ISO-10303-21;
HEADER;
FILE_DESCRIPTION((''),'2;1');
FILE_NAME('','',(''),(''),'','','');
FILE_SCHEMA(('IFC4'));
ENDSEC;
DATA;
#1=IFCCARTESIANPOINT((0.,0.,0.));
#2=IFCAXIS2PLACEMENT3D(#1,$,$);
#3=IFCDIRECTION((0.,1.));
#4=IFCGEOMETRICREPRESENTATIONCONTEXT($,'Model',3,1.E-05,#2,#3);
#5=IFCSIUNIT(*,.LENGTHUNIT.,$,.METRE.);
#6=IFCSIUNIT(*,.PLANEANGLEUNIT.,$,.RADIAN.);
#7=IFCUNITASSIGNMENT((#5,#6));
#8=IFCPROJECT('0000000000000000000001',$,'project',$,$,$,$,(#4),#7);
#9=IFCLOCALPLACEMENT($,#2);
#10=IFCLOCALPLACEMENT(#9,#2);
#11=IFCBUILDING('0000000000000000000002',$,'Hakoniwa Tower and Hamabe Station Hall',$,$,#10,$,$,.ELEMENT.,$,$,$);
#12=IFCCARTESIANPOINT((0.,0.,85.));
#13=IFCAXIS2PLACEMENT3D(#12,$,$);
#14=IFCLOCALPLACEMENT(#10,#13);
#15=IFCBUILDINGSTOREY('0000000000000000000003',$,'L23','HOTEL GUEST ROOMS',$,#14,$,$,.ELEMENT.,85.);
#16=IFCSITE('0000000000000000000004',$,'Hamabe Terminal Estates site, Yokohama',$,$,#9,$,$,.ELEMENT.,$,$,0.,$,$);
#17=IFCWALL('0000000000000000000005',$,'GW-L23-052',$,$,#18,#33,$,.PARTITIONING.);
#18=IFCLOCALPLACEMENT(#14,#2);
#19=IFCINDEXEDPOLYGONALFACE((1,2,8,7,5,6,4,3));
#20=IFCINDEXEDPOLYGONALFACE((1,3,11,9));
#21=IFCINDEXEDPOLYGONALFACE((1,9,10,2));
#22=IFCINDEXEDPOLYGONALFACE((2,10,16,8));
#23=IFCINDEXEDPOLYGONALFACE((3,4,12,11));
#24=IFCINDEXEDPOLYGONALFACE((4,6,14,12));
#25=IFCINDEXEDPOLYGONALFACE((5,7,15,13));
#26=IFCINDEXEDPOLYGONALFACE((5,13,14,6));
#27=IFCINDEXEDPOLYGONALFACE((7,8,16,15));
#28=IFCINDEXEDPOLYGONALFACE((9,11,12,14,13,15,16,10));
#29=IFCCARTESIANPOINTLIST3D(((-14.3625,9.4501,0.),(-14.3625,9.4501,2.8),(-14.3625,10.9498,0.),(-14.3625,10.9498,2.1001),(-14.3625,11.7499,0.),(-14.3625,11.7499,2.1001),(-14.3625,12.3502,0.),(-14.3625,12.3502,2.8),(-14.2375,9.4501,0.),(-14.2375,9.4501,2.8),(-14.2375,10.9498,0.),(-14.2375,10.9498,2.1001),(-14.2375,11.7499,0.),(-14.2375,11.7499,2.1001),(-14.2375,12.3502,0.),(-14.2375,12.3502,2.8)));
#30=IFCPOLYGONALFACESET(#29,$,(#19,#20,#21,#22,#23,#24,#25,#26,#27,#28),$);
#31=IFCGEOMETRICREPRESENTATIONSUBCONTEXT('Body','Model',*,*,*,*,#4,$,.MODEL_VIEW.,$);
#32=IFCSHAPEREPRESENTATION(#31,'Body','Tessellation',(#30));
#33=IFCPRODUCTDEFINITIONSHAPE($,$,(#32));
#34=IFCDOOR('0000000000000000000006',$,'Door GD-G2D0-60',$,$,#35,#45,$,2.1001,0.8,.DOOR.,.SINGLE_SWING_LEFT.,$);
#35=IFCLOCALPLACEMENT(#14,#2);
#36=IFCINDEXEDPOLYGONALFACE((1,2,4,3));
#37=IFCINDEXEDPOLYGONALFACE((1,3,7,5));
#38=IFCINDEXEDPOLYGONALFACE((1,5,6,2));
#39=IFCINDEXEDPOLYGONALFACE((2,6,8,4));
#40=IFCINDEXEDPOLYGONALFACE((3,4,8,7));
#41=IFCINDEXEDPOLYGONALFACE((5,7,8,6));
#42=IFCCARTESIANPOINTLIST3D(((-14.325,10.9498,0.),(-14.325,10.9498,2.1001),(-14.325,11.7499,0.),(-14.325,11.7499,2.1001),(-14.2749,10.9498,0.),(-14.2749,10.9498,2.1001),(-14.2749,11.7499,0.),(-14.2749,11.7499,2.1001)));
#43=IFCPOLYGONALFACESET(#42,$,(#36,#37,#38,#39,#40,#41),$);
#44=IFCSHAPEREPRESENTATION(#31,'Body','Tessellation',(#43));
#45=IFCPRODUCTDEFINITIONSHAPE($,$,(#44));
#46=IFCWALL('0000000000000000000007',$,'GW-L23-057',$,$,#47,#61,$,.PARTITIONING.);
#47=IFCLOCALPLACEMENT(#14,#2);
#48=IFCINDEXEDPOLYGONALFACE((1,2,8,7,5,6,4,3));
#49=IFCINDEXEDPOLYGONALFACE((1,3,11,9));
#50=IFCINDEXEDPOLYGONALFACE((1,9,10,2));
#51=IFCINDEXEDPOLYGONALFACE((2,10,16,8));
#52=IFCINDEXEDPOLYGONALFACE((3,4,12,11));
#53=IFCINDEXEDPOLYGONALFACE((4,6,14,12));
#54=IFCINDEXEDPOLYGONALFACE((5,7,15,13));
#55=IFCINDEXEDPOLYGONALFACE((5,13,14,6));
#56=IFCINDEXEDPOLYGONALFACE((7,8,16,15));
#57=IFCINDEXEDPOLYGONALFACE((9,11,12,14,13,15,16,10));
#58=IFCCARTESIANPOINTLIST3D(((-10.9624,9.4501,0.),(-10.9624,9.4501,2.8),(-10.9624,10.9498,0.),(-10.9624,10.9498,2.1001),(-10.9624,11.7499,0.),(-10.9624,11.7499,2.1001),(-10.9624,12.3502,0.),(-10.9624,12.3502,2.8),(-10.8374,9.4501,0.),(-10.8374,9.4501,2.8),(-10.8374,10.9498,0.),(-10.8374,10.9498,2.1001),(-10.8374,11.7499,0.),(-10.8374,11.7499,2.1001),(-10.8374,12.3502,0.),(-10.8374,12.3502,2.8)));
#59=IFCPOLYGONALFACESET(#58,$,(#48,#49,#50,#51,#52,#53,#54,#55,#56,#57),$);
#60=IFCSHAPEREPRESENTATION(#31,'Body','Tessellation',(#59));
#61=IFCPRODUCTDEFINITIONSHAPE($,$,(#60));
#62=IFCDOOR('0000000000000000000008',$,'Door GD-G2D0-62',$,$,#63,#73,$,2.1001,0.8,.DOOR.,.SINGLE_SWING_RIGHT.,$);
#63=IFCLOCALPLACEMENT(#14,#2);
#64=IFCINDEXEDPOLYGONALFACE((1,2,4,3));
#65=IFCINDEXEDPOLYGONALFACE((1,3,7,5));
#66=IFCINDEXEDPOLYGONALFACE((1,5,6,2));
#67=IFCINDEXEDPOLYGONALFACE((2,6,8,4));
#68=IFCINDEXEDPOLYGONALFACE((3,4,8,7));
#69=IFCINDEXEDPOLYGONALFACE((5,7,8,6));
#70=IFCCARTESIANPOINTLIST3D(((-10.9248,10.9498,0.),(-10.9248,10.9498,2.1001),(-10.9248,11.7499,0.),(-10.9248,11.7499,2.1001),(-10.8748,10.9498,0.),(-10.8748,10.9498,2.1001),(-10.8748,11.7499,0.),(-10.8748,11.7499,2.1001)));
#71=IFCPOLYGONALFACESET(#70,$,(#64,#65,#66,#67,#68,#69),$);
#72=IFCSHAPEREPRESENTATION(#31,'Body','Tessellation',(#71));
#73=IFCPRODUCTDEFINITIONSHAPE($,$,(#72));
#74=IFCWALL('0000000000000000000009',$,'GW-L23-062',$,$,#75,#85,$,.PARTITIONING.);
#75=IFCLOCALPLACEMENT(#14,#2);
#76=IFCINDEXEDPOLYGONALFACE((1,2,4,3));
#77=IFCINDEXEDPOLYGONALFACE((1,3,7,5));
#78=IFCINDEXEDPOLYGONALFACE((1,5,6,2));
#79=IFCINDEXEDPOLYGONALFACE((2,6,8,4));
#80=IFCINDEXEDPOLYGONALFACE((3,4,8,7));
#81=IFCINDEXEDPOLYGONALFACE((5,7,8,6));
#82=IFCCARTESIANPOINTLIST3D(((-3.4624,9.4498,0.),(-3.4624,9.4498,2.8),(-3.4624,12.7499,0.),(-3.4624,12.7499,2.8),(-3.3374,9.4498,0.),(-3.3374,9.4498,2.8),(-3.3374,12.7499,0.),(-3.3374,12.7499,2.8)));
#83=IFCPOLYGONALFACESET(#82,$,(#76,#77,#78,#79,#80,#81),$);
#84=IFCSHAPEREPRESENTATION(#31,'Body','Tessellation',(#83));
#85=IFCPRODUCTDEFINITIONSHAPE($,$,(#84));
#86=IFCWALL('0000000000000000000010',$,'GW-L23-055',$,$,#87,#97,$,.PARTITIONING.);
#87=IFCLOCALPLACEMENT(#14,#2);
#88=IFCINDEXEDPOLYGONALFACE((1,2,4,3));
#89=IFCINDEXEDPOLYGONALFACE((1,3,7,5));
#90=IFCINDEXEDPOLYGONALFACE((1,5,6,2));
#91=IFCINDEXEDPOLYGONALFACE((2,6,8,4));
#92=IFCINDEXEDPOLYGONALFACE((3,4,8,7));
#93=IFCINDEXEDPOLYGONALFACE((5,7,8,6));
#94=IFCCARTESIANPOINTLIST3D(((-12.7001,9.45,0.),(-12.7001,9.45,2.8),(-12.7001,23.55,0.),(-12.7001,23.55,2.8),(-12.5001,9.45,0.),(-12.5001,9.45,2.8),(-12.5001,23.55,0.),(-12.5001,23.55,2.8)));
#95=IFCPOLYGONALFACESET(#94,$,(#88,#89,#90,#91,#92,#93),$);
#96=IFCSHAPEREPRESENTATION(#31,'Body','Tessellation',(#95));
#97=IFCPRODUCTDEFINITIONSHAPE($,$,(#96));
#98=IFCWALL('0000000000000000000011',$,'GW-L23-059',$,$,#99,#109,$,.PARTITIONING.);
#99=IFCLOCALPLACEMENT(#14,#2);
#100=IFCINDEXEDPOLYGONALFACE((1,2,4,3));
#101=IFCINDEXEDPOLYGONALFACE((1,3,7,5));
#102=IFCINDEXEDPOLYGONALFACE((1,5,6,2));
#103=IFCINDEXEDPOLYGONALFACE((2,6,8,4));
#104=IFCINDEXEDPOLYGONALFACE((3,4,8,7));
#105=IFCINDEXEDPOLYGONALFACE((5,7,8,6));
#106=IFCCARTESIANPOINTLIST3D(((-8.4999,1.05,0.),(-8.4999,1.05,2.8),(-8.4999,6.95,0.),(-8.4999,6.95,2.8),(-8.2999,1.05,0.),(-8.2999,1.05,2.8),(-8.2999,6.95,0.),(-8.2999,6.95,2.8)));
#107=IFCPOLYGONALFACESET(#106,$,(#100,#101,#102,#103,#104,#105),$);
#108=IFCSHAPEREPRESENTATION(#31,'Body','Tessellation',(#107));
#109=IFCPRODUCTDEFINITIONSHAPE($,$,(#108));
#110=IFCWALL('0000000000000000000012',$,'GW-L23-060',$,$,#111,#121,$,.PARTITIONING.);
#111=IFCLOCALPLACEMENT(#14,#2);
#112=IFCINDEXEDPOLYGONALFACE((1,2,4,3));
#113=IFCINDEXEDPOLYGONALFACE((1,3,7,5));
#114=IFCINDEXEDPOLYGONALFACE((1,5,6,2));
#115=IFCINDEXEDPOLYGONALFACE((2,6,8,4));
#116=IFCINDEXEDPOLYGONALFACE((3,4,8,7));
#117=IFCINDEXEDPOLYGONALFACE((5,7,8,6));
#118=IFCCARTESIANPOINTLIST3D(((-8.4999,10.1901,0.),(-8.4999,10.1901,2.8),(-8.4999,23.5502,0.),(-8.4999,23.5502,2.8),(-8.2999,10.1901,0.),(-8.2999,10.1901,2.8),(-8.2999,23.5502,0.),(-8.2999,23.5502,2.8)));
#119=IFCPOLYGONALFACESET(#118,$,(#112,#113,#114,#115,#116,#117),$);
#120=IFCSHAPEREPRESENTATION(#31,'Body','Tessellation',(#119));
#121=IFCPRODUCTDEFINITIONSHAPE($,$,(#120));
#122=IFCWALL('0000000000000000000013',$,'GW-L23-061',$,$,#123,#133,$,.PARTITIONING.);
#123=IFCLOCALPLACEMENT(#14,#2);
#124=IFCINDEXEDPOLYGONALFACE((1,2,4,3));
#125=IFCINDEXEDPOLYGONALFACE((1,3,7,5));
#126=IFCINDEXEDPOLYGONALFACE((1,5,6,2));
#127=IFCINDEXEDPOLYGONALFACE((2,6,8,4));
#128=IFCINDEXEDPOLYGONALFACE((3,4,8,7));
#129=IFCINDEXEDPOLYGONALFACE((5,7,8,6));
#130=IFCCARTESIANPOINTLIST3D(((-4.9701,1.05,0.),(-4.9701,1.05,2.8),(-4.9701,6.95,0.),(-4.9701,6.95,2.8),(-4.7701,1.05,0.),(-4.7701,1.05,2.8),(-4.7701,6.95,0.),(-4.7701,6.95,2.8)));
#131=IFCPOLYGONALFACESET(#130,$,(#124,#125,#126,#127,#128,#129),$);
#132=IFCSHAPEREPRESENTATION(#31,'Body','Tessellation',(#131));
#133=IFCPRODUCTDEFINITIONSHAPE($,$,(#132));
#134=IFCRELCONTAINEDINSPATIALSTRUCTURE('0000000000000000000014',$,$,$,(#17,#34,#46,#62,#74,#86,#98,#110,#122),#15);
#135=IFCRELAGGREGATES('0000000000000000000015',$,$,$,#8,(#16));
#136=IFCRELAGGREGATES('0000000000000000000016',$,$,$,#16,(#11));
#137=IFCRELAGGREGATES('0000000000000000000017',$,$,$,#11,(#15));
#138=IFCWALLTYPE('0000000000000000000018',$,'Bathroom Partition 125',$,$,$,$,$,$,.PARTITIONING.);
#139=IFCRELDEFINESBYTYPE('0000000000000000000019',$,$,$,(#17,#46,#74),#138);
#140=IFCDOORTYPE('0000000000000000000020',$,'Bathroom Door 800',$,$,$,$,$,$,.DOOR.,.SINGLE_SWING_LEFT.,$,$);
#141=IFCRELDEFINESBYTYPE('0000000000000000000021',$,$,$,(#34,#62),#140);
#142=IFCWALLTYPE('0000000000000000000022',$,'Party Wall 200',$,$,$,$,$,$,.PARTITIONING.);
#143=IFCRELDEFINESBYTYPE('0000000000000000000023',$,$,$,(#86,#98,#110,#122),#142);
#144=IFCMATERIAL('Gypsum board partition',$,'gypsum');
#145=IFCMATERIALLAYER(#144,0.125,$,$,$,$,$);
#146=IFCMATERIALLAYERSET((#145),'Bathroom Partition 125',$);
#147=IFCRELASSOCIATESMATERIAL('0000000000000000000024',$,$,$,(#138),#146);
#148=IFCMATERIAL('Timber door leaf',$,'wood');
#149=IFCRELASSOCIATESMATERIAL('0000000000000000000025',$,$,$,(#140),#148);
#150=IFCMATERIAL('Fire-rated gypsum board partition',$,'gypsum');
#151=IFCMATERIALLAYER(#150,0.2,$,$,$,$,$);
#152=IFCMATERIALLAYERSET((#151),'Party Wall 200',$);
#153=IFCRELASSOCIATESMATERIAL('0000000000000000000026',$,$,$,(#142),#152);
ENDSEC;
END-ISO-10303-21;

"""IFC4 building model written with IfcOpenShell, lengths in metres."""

from ifc_helpers import new_model, si_unit, direction, frame, frame_2d, origin, place, context, subcontext, project, spatial, rectangle, extrude, material, layer, layer_set, type_object, element, fill, save


model = new_model("IFC4")

# Units and contexts
model_context = context("Model", 3, precision=1e-05, world=origin(), true_north=direction((0.0, 1.0)))
body_context = subcontext(model_context, "Body", "Model", "MODEL_VIEW")
ifc_project = project(units=[si_unit("LENGTHUNIT", "METRE"), si_unit("PLANEANGLEUNIT", "RADIAN")], contexts=[model_context])

# Site, building, storey
site_placement = place(None, origin())
site = spatial("IfcSite", under=ifc_project, at=site_placement, Name="Hamabe Terminal Estates site, Yokohama", CompositionType="ELEMENT", RefElevation=0.0)
building_placement = place(site_placement, origin())
building = spatial("IfcBuilding", under=site, at=building_placement, Name="Hakoniwa Tower and Hamabe Station Hall", CompositionType="ELEMENT")
storey_placement = place(building_placement, frame((0.0, 0.0, 85.0)))
storey = spatial("IfcBuildingStorey", under=building, at=storey_placement, Name="L23", Description="HOTEL GUEST ROOMS", CompositionType="ELEMENT", Elevation=85.0)

# Shared definitions
ifc_material_1 = material(Name="Gypsum board partition", Category="gypsum")
ifc_layer_1 = layer(ifc_material_1, 0.125)
ifc_layer_set_1 = layer_set([ifc_layer_1], Name="Bathroom Partition 125")
wall_type_1 = type_object("IfcWallType", Name="Bathroom Partition 125", PredefinedType="PARTITIONING", material=ifc_layer_set_1)

# Walls, openings, doors
ifc_material_2 = material(Name="Timber door leaf", Category="wood")
door_type = type_object("IfcDoorType", Name="Bathroom Door 800", OperationType="SINGLE_SWING_LEFT", PredefinedType="DOOR", material=ifc_material_2)
wall_1_placement = place(storey_placement, frame((-14.3, 9.45, 0.0), z_axis=(0.0, 0.0, 1.0), x_axis=(0.0, 1.0, 0.0)))
wall_1 = element("IfcWall", 1, at=wall_1_placement, inside=storey, type_object=wall_type_1, Name="GW-L23-052", PredefinedType="PARTITIONING", context=body_context, shape_type="SweptSolid", body=[
    extrude(rectangle(XDim=2.9001, YDim=0.125, at=frame_2d((1.4502, 0.0))), origin(), (0.0, 0.0, 1.0), 2.8),
])
opening_1_placement = place(wall_1_placement, frame((1.5, 0.0, 0.0)))
opening_1 = element("IfcOpeningElement", 2, at=opening_1_placement, cuts=wall_1, PredefinedType="OPENING", context=body_context, shape_type="SweptSolid", body=[
    extrude(rectangle(XDim=0.8, YDim=2.1001, at=frame_2d((0.3999, 1.05))), frame((0.0, 0.0725, 0.0), z_axis=(0.0, -1.0, 0.0), x_axis=(1.0, 0.0, 0.0)), (0.0, 0.0, 1.0), 0.145),
])
door_1_placement = place(opening_1_placement, origin())
door_1 = element("IfcDoor", 3, at=door_1_placement, inside=storey, type_object=door_type, Name="Door GD-G2D0-60", OperationType="SINGLE_SWING_LEFT", OverallHeight=2.1001, OverallWidth=0.8, PredefinedType="DOOR", context=body_context, shape_type="SweptSolid", body=[
    extrude(rectangle(XDim=0.8, YDim=2.1001, at=frame_2d((0.3999, 1.05))), frame((0.0, 0.0249, 0.0), z_axis=(0.0, -1.0, 0.0), x_axis=(1.0, 0.0, 0.0)), (0.0, 0.0, 1.0), 0.05),
])
fill(opening_1, door_1)
wall_2_placement = place(storey_placement, frame((-10.8999, 9.45, 0.0), z_axis=(0.0, 0.0, 1.0), x_axis=(0.0, 1.0, 0.0)))
wall_2 = element("IfcWall", 4, at=wall_2_placement, inside=storey, type_object=wall_type_1, Name="GW-L23-057", PredefinedType="PARTITIONING", context=body_context, shape_type="SweptSolid", body=[
    extrude(rectangle(XDim=2.9001, YDim=0.125, at=frame_2d((1.4502, 0.0))), origin(), (0.0, 0.0, 1.0), 2.8),
])
opening_2_placement = place(wall_2_placement, frame((1.5, 0.0, 0.0)))
opening_2 = element("IfcOpeningElement", 5, at=opening_2_placement, cuts=wall_2, PredefinedType="OPENING", context=body_context, shape_type="SweptSolid", body=[
    extrude(rectangle(XDim=0.8, YDim=2.1001, at=frame_2d((0.3999, 1.05))), frame((0.0, 0.0725, 0.0), z_axis=(0.0, -1.0, 0.0), x_axis=(1.0, 0.0, 0.0)), (0.0, 0.0, 1.0), 0.145),
])
door_2_placement = place(opening_2_placement, origin())
door_2 = element("IfcDoor", 6, at=door_2_placement, inside=storey, type_object=door_type, Name="Door GD-G2D0-62", OperationType="SINGLE_SWING_RIGHT", OverallHeight=2.1001, OverallWidth=0.8, PredefinedType="DOOR", context=body_context, shape_type="SweptSolid", body=[
    extrude(rectangle(XDim=0.8, YDim=2.1001, at=frame_2d((0.3999, 1.05))), frame((0.0, 0.0249, 0.0), z_axis=(0.0, -1.0, 0.0), x_axis=(1.0, 0.0, 0.0)), (0.0, 0.0, 1.0), 0.05),
])
fill(opening_2, door_2)

# Walls
wall_3_placement = place(storey_placement, frame((-3.3999, 9.45, 0.0), z_axis=(0.0, 0.0, 1.0), x_axis=(0.0, 1.0, 0.0)))
element("IfcWall", 7, at=wall_3_placement, inside=storey, type_object=wall_type_1, Name="GW-L23-062", PredefinedType="PARTITIONING", context=body_context, shape_type="SweptSolid", body=[
    extrude(rectangle(XDim=3.3, YDim=0.125, at=frame_2d((1.6499, 0.0))), origin(), (0.0, 0.0, 1.0), 2.8),
])
ifc_material_3 = material(Name="Fire-rated gypsum board partition", Category="gypsum")
ifc_layer_2 = layer(ifc_material_3, 0.2)
ifc_layer_set_2 = layer_set([ifc_layer_2], Name="Party Wall 200")
wall_type_2 = type_object("IfcWallType", Name="Party Wall 200", PredefinedType="PARTITIONING", material=ifc_layer_set_2)
wall_4_placement = place(storey_placement, frame((-12.6001, 9.45, 0.0), z_axis=(0.0, 0.0, 1.0), x_axis=(0.0, 1.0, 0.0)))
element("IfcWall", 8, at=wall_4_placement, inside=storey, type_object=wall_type_2, Name="GW-L23-055", PredefinedType="PARTITIONING", context=body_context, shape_type="SweptSolid", body=[
    extrude(rectangle(XDim=14.1001, YDim=0.2, at=frame_2d((7.05, 0.0))), origin(), (0.0, 0.0, 1.0), 2.8),
])
wall_5_placement = place(storey_placement, frame((-8.3999, 1.05, 0.0), z_axis=(0.0, 0.0, 1.0), x_axis=(0.0, 1.0, 0.0)))
element("IfcWall", 9, at=wall_5_placement, inside=storey, type_object=wall_type_2, Name="GW-L23-059", PredefinedType="PARTITIONING", context=body_context, shape_type="SweptSolid", body=[
    extrude(rectangle(XDim=5.8999, YDim=0.2, at=frame_2d((2.95, 0.0))), origin(), (0.0, 0.0, 1.0), 2.8),
])
wall_6_placement = place(storey_placement, frame((-8.3999, 10.1899, 0.0), z_axis=(0.0, 0.0, 1.0), x_axis=(0.0, 1.0, 0.0)))
element("IfcWall", 10, at=wall_6_placement, inside=storey, type_object=wall_type_2, Name="GW-L23-060", PredefinedType="PARTITIONING", context=body_context, shape_type="SweptSolid", body=[
    extrude(rectangle(XDim=13.3601, YDim=0.2, at=frame_2d((6.6802, 0.0))), origin(), (0.0, 0.0, 1.0), 2.8),
])
wall_7_placement = place(storey_placement, frame((-4.8701, 1.05, 0.0), z_axis=(0.0, 0.0, 1.0), x_axis=(0.0, 1.0, 0.0)))
element("IfcWall", 11, at=wall_7_placement, inside=storey, type_object=wall_type_2, Name="GW-L23-061", PredefinedType="PARTITIONING", context=body_context, shape_type="SweptSolid", body=[
    extrude(rectangle(XDim=5.8999, YDim=0.2, at=frame_2d((2.95, 0.0))), origin(), (0.0, 0.0, 1.0), 2.8),
])

save(model, "model.ifc")
